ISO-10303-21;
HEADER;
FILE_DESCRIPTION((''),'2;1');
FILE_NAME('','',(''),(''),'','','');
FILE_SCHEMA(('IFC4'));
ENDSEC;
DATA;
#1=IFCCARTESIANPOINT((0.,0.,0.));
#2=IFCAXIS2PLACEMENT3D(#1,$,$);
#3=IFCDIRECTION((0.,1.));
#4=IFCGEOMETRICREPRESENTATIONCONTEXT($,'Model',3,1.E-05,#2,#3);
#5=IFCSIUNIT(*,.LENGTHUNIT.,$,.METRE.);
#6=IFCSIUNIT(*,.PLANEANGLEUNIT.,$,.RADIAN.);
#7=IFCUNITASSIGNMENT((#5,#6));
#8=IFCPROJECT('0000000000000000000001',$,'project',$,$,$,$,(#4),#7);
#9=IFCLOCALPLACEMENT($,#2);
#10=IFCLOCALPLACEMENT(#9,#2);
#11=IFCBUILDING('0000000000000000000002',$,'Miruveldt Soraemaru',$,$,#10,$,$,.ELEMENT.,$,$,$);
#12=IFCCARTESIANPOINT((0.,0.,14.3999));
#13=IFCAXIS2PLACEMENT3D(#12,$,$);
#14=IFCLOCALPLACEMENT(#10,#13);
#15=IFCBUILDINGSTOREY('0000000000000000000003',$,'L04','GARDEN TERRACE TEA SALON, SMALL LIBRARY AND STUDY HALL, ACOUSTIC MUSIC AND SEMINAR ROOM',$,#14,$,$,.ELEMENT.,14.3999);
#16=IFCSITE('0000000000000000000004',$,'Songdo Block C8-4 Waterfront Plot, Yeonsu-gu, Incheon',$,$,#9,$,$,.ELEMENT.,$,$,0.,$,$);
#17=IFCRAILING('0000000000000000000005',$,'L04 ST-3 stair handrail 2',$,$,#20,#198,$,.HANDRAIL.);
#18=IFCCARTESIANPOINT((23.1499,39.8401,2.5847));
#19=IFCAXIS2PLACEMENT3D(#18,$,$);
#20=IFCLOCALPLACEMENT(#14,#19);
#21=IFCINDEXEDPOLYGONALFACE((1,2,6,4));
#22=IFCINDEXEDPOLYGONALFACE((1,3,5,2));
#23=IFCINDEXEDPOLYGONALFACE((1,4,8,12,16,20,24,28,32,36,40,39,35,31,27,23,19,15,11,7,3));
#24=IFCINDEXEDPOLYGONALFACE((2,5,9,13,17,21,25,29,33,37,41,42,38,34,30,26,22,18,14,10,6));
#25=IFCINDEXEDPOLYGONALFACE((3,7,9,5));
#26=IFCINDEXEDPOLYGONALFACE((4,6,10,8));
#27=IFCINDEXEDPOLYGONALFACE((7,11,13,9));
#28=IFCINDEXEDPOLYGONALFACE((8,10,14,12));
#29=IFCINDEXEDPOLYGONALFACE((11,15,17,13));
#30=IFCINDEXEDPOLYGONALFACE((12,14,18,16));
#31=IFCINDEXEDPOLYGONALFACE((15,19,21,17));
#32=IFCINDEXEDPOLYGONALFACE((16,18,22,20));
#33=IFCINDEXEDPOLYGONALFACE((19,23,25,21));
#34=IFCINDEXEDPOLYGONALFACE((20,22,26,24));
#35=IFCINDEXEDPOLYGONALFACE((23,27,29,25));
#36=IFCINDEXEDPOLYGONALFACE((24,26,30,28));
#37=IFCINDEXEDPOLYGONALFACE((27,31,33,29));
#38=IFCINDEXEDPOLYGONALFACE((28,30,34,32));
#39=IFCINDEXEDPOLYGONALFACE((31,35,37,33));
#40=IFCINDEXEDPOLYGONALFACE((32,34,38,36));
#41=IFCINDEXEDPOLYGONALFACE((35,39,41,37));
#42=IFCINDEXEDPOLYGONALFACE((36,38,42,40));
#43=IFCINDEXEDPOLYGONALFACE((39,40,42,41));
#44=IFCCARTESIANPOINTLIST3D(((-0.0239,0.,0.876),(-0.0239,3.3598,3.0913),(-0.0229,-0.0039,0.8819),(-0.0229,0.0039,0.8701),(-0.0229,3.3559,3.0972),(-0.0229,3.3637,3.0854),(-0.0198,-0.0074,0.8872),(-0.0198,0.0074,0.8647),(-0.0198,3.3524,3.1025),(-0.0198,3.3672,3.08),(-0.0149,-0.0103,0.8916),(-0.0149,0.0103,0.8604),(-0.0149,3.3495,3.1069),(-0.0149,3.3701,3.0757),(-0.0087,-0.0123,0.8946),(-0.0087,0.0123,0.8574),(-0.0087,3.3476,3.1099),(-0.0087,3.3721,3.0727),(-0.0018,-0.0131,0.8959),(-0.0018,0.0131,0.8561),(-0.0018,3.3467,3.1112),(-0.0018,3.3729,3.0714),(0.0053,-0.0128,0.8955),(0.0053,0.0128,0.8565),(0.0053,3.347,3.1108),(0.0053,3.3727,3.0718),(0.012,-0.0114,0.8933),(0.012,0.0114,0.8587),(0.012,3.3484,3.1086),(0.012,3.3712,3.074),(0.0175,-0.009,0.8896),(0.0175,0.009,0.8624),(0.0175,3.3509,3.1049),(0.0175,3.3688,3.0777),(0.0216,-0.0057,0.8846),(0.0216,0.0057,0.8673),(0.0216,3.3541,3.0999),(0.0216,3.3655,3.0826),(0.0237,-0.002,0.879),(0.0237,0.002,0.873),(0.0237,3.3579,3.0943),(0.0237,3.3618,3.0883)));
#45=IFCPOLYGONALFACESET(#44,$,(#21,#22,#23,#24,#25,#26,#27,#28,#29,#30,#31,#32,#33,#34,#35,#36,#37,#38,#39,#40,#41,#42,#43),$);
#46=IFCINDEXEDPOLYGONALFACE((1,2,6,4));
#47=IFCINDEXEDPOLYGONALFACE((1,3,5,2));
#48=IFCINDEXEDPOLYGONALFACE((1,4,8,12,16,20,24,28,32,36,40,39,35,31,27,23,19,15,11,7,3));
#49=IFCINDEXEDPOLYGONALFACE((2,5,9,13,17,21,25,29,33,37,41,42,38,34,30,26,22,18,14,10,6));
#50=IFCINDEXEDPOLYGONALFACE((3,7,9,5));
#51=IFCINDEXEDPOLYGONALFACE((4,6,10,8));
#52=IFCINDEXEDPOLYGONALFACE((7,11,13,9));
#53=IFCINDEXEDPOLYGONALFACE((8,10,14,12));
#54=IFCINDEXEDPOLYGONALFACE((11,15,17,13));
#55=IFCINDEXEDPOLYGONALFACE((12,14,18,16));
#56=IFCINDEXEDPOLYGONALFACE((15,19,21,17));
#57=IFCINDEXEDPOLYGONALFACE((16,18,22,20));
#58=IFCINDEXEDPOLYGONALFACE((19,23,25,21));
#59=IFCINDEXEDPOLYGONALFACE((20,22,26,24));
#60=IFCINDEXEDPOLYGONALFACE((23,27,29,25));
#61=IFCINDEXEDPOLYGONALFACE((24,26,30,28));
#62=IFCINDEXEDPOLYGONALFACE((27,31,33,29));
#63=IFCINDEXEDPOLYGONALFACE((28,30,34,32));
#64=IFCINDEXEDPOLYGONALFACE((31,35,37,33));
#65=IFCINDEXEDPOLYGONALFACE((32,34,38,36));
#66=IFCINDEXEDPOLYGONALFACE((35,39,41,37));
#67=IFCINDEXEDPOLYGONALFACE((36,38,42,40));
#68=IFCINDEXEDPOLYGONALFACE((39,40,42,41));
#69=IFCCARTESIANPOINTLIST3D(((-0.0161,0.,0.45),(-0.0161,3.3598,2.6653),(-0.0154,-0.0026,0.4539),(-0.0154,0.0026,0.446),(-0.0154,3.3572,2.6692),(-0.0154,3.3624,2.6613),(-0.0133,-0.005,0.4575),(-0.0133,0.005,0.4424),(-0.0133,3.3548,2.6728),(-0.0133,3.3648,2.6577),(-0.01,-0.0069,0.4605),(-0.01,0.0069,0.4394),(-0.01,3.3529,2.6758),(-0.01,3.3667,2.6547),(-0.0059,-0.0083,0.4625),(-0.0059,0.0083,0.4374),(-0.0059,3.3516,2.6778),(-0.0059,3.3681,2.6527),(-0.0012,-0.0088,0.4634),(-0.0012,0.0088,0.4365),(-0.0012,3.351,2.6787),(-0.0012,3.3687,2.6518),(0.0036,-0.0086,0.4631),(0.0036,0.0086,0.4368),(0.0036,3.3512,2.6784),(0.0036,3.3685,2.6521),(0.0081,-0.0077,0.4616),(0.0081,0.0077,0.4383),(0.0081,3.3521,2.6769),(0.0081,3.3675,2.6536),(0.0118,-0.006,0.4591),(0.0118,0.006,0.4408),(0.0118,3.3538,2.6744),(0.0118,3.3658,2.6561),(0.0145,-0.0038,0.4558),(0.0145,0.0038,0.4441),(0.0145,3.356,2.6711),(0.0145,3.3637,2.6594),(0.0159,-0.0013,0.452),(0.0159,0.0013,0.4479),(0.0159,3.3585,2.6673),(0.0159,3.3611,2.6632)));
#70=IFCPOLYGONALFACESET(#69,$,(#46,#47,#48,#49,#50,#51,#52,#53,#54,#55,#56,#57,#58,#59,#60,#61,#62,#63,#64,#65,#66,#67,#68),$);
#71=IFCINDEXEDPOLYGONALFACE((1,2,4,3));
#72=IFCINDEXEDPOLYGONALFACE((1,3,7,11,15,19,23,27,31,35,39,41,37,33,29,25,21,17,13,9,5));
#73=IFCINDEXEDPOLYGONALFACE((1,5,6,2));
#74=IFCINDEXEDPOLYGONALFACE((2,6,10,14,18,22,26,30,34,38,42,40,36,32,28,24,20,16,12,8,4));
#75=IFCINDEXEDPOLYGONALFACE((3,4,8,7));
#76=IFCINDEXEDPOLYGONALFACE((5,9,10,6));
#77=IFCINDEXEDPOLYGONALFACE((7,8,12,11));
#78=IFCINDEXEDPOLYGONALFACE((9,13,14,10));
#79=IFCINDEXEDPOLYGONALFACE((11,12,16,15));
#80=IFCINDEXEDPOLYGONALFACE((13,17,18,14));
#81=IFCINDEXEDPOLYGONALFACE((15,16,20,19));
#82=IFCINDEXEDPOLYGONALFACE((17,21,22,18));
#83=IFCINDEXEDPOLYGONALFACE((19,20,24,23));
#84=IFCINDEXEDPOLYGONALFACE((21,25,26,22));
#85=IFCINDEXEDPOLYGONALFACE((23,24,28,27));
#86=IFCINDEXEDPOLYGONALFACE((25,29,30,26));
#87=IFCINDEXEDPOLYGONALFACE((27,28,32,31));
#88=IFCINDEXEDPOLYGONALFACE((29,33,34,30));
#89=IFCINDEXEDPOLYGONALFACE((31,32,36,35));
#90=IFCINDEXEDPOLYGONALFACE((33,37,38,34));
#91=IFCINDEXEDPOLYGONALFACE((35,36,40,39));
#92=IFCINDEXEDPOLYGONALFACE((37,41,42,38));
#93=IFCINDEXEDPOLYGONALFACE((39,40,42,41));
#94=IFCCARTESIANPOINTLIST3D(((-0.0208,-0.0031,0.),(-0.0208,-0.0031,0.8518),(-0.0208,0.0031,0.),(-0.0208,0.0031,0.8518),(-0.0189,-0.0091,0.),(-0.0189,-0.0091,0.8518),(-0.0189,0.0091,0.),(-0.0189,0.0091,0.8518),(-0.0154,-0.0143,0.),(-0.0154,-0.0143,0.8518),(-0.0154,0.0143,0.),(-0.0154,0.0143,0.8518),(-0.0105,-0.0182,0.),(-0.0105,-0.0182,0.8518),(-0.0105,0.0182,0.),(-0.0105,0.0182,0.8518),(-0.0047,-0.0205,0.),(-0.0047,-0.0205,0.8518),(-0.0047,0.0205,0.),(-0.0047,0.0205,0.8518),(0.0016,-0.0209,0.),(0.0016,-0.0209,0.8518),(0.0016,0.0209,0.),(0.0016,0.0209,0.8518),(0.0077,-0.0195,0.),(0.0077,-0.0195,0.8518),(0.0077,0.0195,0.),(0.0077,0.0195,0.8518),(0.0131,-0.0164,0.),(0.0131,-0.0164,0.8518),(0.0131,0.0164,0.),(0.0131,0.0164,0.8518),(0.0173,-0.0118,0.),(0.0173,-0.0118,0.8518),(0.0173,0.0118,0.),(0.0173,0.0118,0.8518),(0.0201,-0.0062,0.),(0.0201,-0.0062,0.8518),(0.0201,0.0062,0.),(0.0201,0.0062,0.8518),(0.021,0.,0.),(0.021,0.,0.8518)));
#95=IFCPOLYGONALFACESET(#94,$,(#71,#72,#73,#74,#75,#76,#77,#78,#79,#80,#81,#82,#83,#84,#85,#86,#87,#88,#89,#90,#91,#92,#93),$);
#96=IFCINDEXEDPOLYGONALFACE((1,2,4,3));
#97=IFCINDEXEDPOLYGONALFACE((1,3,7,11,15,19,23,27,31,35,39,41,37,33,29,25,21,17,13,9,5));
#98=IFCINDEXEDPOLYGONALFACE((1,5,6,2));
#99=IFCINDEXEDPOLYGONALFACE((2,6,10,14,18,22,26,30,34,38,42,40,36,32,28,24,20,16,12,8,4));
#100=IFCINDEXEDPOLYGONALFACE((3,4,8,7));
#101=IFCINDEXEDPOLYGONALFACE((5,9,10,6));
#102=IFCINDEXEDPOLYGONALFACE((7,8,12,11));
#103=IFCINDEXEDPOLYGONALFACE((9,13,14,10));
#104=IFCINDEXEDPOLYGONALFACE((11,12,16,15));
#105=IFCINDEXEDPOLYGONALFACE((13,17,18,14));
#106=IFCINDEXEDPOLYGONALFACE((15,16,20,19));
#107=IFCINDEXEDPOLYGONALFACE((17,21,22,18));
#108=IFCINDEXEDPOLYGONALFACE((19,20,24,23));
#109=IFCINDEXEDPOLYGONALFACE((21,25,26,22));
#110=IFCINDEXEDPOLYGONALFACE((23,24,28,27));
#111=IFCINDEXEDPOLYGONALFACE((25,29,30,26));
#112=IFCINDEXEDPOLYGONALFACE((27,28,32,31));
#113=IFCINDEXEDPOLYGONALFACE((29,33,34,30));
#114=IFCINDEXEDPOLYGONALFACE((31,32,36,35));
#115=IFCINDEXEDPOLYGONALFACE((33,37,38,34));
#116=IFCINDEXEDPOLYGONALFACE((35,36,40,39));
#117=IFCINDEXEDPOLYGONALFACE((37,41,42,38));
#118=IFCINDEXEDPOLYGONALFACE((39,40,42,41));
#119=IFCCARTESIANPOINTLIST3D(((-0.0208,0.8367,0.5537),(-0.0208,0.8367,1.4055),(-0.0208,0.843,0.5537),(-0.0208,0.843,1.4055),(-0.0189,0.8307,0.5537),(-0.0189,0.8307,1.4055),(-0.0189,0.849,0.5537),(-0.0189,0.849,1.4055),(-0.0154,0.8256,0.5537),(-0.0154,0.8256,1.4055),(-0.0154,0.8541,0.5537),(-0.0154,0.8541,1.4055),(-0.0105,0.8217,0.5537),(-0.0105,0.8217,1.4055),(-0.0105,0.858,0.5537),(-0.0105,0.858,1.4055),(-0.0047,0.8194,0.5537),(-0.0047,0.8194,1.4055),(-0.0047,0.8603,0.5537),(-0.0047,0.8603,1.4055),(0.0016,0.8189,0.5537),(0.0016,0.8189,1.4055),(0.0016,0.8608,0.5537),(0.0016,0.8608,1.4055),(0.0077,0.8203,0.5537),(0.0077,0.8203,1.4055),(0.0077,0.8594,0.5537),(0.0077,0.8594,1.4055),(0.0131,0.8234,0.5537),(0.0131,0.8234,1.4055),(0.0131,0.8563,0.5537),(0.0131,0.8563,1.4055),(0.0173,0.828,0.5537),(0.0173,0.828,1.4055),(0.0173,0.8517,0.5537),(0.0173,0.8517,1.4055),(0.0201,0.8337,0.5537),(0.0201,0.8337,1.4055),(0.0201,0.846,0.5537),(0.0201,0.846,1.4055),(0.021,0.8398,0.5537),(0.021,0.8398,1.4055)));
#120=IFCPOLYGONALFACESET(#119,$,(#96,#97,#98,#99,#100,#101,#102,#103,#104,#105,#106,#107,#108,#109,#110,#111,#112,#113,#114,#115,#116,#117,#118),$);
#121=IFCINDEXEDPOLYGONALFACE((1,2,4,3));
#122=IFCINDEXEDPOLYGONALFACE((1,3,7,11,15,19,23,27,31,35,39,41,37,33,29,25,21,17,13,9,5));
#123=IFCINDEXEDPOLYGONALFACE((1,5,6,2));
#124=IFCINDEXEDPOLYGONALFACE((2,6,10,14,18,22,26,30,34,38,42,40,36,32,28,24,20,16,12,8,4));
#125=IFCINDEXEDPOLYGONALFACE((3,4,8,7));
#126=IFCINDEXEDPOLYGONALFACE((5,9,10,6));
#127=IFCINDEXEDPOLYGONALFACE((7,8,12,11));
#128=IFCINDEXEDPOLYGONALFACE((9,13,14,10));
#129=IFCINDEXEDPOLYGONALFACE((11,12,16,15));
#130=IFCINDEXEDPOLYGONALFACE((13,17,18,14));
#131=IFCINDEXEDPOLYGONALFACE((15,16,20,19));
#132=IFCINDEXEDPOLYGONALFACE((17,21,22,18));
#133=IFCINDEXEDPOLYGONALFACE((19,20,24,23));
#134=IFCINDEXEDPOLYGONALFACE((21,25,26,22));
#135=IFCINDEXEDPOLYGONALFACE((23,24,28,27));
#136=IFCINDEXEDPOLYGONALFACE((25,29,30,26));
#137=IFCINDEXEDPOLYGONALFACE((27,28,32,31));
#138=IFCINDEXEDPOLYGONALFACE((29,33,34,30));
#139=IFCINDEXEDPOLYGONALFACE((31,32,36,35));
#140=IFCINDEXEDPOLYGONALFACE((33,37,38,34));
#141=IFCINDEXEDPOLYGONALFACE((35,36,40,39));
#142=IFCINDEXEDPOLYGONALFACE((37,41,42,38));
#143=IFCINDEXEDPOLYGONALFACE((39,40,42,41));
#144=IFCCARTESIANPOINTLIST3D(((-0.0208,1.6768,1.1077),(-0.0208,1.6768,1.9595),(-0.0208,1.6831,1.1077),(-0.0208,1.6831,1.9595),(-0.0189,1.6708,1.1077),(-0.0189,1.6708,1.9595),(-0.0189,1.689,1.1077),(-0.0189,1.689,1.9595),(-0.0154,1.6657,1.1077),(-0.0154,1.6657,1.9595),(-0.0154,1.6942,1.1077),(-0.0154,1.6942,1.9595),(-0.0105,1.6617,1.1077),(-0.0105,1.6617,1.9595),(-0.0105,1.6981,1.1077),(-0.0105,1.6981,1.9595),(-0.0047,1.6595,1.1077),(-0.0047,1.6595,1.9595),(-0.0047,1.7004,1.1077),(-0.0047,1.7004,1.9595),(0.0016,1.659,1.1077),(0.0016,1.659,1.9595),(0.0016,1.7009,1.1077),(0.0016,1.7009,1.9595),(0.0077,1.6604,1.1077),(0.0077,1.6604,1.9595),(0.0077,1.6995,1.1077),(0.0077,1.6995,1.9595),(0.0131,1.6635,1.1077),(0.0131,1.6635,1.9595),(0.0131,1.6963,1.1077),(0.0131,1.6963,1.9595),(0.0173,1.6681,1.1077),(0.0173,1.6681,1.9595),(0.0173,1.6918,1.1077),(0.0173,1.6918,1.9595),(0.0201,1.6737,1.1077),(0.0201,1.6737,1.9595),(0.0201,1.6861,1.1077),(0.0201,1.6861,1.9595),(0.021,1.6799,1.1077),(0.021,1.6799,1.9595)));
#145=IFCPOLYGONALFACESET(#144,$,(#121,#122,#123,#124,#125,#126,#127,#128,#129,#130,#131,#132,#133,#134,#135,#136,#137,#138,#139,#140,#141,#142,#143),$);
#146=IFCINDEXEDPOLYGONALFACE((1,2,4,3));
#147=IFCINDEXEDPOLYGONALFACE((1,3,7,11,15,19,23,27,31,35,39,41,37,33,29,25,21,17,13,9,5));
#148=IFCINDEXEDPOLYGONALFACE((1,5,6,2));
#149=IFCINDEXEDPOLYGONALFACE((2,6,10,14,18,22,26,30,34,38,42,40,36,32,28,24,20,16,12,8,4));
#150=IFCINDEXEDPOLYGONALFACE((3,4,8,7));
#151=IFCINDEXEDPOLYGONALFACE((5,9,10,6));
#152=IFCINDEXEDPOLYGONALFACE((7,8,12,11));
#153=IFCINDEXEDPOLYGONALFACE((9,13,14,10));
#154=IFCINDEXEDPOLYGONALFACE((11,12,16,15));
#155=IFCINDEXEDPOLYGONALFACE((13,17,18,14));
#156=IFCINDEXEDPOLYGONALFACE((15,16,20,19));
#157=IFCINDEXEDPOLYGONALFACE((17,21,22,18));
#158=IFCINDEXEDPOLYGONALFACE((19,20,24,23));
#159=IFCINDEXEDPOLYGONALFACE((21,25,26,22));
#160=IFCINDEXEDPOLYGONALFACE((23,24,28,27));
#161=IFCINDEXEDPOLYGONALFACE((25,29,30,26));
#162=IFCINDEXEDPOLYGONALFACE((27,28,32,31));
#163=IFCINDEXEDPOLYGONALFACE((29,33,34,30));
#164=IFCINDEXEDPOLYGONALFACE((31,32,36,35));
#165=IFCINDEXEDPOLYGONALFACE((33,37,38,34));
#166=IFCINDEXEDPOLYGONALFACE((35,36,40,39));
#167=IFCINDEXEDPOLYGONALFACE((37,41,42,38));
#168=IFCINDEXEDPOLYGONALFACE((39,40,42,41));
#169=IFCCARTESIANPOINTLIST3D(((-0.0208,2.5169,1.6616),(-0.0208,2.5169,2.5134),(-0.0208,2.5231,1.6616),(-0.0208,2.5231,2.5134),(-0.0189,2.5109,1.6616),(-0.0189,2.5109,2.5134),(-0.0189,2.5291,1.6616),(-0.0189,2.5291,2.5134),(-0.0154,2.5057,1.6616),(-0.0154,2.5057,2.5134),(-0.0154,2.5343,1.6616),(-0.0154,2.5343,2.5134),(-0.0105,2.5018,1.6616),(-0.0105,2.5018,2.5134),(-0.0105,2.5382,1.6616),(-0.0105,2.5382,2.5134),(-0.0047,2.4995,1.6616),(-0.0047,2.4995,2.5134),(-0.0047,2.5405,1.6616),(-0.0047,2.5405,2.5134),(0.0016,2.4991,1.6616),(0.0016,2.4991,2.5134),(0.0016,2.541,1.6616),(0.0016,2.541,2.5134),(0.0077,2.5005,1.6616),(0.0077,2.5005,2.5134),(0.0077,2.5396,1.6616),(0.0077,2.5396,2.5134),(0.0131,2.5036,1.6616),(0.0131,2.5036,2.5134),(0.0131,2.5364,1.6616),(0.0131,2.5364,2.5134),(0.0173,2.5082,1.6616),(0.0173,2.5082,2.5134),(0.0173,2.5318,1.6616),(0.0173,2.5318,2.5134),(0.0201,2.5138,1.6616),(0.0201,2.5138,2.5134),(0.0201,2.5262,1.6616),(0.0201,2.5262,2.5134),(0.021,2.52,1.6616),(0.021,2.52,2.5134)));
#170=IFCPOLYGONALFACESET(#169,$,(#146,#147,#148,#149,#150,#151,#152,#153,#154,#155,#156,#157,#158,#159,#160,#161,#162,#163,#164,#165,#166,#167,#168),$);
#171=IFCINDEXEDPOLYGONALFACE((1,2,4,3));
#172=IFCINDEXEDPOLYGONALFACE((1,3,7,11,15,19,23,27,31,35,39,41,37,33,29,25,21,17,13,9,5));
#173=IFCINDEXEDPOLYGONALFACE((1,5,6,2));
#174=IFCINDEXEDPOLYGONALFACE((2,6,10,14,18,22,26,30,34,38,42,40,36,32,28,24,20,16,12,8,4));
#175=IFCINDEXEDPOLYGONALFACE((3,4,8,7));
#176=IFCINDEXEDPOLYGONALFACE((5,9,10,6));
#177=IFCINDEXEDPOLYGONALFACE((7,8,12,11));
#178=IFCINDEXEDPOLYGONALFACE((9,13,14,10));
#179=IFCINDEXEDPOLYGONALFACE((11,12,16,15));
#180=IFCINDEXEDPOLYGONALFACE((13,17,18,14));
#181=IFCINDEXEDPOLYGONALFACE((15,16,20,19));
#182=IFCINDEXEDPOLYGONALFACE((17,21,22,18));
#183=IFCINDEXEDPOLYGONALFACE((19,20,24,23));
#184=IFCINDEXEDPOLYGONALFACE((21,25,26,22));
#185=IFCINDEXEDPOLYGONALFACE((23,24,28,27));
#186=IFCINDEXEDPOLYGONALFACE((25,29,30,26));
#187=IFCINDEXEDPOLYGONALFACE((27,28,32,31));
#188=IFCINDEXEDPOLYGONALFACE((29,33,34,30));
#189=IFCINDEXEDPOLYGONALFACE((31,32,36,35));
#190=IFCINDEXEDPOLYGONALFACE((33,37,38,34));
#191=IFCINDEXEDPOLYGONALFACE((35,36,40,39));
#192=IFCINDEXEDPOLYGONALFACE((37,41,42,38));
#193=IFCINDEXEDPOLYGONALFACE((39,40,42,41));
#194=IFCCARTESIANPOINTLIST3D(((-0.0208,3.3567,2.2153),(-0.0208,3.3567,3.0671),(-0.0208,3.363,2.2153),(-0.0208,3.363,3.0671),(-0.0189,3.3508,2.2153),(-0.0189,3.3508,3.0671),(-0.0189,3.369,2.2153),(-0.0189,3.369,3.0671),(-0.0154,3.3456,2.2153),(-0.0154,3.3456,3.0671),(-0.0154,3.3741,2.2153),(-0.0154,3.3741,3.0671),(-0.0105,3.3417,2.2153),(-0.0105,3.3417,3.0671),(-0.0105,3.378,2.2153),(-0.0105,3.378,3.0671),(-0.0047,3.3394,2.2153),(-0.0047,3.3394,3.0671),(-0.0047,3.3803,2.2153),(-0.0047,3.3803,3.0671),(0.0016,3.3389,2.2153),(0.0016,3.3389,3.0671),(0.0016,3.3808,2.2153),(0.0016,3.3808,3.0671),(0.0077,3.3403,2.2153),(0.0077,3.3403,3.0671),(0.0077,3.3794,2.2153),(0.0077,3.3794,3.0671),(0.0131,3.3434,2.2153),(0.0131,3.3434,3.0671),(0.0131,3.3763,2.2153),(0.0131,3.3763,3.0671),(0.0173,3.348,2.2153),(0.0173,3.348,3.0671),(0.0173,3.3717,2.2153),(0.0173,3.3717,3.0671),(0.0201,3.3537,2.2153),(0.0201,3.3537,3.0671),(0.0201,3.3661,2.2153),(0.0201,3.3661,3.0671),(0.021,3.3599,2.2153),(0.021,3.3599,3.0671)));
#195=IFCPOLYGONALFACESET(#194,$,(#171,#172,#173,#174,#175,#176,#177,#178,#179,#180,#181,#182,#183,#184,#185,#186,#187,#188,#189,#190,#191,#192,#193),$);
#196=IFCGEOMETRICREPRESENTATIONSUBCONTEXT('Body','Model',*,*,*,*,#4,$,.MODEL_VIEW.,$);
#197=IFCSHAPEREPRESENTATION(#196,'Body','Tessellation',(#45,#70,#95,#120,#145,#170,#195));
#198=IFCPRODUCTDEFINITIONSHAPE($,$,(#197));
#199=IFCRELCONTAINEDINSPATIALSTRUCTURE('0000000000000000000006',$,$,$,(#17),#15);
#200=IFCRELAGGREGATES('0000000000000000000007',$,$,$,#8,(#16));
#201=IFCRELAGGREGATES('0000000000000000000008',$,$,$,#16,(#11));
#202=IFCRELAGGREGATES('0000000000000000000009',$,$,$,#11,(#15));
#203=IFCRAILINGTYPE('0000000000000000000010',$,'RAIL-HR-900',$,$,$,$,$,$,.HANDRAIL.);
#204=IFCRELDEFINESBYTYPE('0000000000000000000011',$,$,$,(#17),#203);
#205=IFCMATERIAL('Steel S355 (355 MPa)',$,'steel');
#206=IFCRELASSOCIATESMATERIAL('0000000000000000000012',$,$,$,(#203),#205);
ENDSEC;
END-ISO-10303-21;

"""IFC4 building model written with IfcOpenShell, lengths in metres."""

from ifc_helpers import new_model, si_unit, direction, frame, origin, origin_2d, place, context, subcontext, project, spatial, circle, extrude, material, type_object, element, save


model = new_model("IFC4")

# Units and contexts
model_context = context("Model", 3, precision=1e-05, world=origin(), true_north=direction((0.0, 1.0)))
body_context = subcontext(model_context, "Body", "Model", "MODEL_VIEW")
ifc_project = project(units=[si_unit("LENGTHUNIT", "METRE"), si_unit("PLANEANGLEUNIT", "RADIAN")], contexts=[model_context])

# Site, building, storey
site_placement = place(None, origin())
site = spatial("IfcSite", under=ifc_project, at=site_placement, Name="Songdo Block C8-4 Waterfront Plot, Yeonsu-gu, Incheon", CompositionType="ELEMENT", RefElevation=0.0)
building_placement = place(site_placement, origin())
building = spatial("IfcBuilding", under=site, at=building_placement, Name="Miruveldt Soraemaru", CompositionType="ELEMENT")
storey_placement = place(building_placement, frame((0.0, 0.0, 14.3999)))
storey = spatial("IfcBuildingStorey", under=building, at=storey_placement, Name="L04", Description="GARDEN TERRACE TEA SALON, SMALL LIBRARY AND STUDY HALL, ACOUSTIC MUSIC AND SEMINAR ROOM", CompositionType="ELEMENT", Elevation=14.3999)

# Railing
ifc_material_1 = material(Name="Steel S355 (355 MPa)", Category="steel")
railing_type_1 = type_object("IfcRailingType", Name="RAIL-HR-900", PredefinedType="HANDRAIL", material=ifc_material_1)
railing_1_placement = place(storey_placement, frame((23.1499, 39.8401, 2.5847)))
element("IfcRailing", 1, at=railing_1_placement, inside=storey, type_object=railing_type_1, Name="L04 ST-3 stair handrail 2", PredefinedType="HANDRAIL", context=body_context, shape_type="SweptSolid", body=[
    extrude(circle(Radius=0.0239, at=origin_2d()), frame((0.0, 0.0, 0.876), z_axis=(0.0, 0.834858, 0.550465), x_axis=(-1.0, 0.0, 0.0)), (0.0, 0.0, 1.0), 4.0244),
    extrude(circle(Radius=0.0161, at=origin_2d()), frame((0.0, 0.0, 0.45), z_axis=(0.0, 0.834858, 0.550465), x_axis=(-1.0, 0.0, 0.0)), (0.0, 0.0, 1.0), 4.0244),
    extrude(circle(Radius=0.021, at=origin_2d()), origin(), (0.0, 0.0, 1.0), 0.8518),
    extrude(circle(Radius=0.021, at=origin_2d()), frame((0.0, 0.8398, 0.5537)), (0.0, 0.0, 1.0), 0.8518),
    extrude(circle(Radius=0.021, at=origin_2d()), frame((0.0, 1.6799, 1.1077)), (0.0, 0.0, 1.0), 0.8518),
    extrude(circle(Radius=0.021, at=origin_2d()), frame((0.0, 2.52, 1.6616)), (0.0, 0.0, 1.0), 0.8518),
    extrude(circle(Radius=0.021, at=origin_2d()), frame((0.0, 3.3599, 2.2153)), (0.0, 0.0, 1.0), 0.8518),
])

save(model, "model.ifc")
